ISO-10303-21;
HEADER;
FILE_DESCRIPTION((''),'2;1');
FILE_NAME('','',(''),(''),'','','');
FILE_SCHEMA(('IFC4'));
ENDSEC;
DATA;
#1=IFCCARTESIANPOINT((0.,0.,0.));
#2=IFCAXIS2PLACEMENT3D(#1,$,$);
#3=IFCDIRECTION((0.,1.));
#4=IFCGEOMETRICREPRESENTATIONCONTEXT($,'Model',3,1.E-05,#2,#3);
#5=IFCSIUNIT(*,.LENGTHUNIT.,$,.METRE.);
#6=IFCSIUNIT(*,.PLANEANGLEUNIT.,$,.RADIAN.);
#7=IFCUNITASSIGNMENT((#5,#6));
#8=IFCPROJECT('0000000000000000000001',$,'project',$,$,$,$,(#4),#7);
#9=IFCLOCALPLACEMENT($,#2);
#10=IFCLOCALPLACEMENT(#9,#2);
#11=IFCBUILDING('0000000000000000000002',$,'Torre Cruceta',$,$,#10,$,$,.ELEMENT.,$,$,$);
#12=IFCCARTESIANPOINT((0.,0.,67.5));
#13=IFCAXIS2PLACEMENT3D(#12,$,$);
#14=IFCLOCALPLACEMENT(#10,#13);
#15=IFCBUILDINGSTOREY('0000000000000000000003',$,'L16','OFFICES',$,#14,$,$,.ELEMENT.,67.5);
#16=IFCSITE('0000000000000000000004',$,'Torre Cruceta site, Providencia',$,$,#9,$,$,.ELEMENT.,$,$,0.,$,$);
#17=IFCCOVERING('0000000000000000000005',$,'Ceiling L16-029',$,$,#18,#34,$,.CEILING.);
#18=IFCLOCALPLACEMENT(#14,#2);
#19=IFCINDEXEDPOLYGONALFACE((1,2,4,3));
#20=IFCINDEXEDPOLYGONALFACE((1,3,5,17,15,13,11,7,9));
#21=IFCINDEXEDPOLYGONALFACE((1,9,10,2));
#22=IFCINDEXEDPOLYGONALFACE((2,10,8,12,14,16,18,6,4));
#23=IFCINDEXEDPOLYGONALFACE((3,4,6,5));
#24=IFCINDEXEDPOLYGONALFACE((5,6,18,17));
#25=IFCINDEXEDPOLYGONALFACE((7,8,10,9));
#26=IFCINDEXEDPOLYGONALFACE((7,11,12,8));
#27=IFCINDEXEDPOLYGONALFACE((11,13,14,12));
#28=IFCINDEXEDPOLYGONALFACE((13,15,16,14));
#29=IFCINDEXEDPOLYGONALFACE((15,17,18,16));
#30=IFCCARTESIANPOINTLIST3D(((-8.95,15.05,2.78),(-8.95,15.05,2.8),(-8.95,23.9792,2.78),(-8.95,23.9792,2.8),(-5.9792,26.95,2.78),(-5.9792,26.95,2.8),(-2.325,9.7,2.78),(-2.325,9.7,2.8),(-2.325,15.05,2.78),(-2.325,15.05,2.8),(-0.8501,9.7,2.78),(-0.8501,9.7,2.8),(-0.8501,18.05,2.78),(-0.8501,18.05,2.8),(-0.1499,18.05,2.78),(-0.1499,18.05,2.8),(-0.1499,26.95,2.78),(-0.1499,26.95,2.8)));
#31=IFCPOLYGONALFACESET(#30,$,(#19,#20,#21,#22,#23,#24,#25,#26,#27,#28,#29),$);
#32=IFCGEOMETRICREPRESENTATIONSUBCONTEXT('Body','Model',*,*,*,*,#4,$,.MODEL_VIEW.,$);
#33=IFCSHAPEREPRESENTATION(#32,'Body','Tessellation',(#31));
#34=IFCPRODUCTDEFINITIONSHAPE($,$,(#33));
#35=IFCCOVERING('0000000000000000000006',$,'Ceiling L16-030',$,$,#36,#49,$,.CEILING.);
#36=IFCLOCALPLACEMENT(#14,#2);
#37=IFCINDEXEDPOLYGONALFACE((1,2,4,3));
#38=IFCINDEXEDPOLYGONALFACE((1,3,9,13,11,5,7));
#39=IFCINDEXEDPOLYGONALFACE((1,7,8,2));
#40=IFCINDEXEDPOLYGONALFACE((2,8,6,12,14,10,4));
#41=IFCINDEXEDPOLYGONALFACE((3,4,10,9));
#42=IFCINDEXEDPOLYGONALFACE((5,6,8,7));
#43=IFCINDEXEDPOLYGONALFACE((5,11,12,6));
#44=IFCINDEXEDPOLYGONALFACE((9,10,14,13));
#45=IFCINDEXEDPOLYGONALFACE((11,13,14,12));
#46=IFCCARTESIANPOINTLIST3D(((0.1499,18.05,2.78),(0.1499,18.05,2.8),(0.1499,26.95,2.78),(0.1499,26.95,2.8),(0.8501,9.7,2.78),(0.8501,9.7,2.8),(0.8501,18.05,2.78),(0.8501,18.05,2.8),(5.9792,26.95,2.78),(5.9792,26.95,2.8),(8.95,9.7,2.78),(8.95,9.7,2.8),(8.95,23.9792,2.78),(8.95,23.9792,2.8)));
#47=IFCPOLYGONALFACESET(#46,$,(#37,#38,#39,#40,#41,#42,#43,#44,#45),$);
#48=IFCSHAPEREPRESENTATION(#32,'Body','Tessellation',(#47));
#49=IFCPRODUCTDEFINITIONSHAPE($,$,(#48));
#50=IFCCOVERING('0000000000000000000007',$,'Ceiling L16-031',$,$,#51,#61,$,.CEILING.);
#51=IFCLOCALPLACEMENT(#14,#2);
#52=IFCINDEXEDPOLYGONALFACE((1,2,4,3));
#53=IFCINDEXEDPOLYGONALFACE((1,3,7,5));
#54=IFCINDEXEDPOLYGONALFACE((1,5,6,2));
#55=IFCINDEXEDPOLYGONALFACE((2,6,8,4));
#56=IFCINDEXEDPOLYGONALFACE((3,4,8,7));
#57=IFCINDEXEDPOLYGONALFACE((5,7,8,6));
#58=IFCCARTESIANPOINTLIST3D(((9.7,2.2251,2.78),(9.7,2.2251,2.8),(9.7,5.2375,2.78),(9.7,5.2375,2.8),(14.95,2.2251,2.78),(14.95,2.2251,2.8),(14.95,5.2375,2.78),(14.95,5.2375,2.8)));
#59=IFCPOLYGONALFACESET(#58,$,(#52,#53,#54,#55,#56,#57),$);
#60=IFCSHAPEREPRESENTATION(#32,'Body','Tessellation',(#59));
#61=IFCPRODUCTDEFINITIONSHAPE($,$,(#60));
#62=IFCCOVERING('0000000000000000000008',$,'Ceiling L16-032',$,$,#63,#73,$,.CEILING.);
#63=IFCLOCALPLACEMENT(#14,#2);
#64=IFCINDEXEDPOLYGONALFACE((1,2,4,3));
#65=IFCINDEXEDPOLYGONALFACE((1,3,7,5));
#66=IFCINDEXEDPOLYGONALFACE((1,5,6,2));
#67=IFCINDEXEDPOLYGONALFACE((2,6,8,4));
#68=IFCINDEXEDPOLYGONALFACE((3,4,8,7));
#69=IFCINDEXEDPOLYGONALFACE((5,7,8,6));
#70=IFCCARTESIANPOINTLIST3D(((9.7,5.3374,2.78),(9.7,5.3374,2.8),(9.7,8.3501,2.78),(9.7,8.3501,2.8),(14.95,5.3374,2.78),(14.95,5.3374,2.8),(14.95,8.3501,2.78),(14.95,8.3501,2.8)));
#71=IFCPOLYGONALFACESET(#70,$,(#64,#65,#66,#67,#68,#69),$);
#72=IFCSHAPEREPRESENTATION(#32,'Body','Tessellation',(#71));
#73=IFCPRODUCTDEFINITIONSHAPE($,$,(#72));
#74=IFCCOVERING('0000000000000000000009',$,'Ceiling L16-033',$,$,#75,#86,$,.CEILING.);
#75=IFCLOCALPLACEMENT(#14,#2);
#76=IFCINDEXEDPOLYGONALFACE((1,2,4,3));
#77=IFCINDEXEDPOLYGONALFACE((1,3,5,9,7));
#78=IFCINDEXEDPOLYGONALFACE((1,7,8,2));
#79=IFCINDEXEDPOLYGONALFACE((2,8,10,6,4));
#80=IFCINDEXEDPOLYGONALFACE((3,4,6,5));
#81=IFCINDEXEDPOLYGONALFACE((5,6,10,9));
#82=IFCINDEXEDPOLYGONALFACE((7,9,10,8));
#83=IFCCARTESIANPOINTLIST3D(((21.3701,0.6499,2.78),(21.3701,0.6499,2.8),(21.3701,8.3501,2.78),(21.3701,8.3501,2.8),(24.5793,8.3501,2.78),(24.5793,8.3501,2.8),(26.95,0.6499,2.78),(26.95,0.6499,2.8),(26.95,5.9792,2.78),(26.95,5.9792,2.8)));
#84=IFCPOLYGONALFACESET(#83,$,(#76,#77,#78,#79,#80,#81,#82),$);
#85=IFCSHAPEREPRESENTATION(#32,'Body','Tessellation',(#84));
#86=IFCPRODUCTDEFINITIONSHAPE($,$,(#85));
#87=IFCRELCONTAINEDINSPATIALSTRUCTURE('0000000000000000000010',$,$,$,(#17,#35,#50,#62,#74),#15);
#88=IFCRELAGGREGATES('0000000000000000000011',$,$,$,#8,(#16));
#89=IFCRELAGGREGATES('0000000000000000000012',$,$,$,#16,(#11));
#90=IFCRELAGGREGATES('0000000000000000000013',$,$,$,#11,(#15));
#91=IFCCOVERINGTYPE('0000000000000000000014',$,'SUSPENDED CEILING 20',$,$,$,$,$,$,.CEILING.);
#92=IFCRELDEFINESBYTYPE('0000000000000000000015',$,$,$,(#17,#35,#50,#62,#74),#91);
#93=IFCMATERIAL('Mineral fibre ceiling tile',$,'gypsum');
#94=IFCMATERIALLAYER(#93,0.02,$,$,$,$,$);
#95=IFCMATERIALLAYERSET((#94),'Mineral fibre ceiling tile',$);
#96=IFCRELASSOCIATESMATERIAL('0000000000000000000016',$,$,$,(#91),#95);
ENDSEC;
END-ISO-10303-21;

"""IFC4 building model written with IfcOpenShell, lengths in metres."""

from ifc_helpers import new_model, si_unit, direction, frame, origin, place, context, subcontext, project, spatial, polyline, outline, extrude, material, layer, layer_set, type_object, element, save


model = new_model("IFC4")

# Units and contexts
model_context = context("Model", 3, precision=1e-05, world=origin(), true_north=direction((0.0, 1.0)))
body_context = subcontext(model_context, "Body", "Model", "MODEL_VIEW")
ifc_project = project(units=[si_unit("LENGTHUNIT", "METRE"), si_unit("PLANEANGLEUNIT", "RADIAN")], contexts=[model_context])

# Site, building, storey
site_placement = place(None, origin())
site = spatial("IfcSite", under=ifc_project, at=site_placement, Name="Torre Cruceta site, Providencia", CompositionType="ELEMENT", RefElevation=0.0)
building_placement = place(site_placement, origin())
building = spatial("IfcBuilding", under=site, at=building_placement, Name="Torre Cruceta", CompositionType="ELEMENT")
storey_placement = place(building_placement, frame((0.0, 0.0, 67.5)))
storey = spatial("IfcBuildingStorey", under=building, at=storey_placement, Name="L16", Description="OFFICES", CompositionType="ELEMENT", Elevation=67.5)

# Coverings
ifc_material_1 = material(Name="Mineral fibre ceiling tile", Category="gypsum")
ifc_layer_1 = layer(ifc_material_1, 0.02)
ifc_layer_set_1 = layer_set([ifc_layer_1], Name="Mineral fibre ceiling tile")
covering_type_1 = type_object("IfcCoveringType", Name="SUSPENDED CEILING 20", PredefinedType="CEILING", material=ifc_layer_set_1)
covering_1_placement = place(storey_placement, frame((0.0, 0.0, 2.78)))
element("IfcCovering", 1, at=covering_1_placement, inside=storey, type_object=covering_type_1, Name="Ceiling L16-029", PredefinedType="CEILING", context=body_context, shape_type="SweptSolid", body=[
    extrude(outline(polyline([(-5.9792, 26.95), (-0.1499, 26.95), (-0.1499, 18.05), (-0.8501, 18.05), (-0.8501, 9.7), (-2.325, 9.7), (-2.325, 15.05), (-8.95, 15.05), (-8.95, 23.9792), (-5.9792, 26.95)])), origin(), (0.0, 0.0, 1.0), 0.02),
])
covering_2_placement = place(storey_placement, frame((0.0, 0.0, 2.78)))
element("IfcCovering", 2, at=covering_2_placement, inside=storey, type_object=covering_type_1, Name="Ceiling L16-030", PredefinedType="CEILING", context=body_context, shape_type="SweptSolid", body=[
    extrude(outline(polyline([(5.9792, 26.95), (8.95, 23.9792), (8.95, 9.7), (0.8501, 9.7), (0.8501, 18.05), (0.1499, 18.05), (0.1499, 26.95), (5.9792, 26.95)])), origin(), (0.0, 0.0, 1.0), 0.02),
])
covering_3_placement = place(storey_placement, frame((0.0, 0.0, 2.78)))
element("IfcCovering", 3, at=covering_3_placement, inside=storey, type_object=covering_type_1, Name="Ceiling L16-031", PredefinedType="CEILING", context=body_context, shape_type="SweptSolid", body=[
    extrude(outline(polyline([(9.7, 2.2251), (9.7, 5.2375), (14.95, 5.2375), (14.95, 2.2251), (9.7, 2.2251)])), origin(), (0.0, 0.0, 1.0), 0.02),
])
covering_4_placement = place(storey_placement, frame((0.0, 0.0, 2.78)))
element("IfcCovering", 4, at=covering_4_placement, inside=storey, type_object=covering_type_1, Name="Ceiling L16-032", PredefinedType="CEILING", context=body_context, shape_type="SweptSolid", body=[
    extrude(outline(polyline([(9.7, 5.3374), (9.7, 8.3501), (14.95, 8.3501), (14.95, 5.3374), (9.7, 5.3374)])), origin(), (0.0, 0.0, 1.0), 0.02),
])
covering_5_placement = place(storey_placement, frame((0.0, 0.0, 2.78)))
element("IfcCovering", 5, at=covering_5_placement, inside=storey, type_object=covering_type_1, Name="Ceiling L16-033", PredefinedType="CEILING", context=body_context, shape_type="SweptSolid", body=[
    extrude(outline(polyline([(26.95, 0.6499), (21.3701, 0.6499), (21.3701, 8.3501), (24.5793, 8.3501), (26.95, 5.9792), (26.95, 0.6499)])), origin(), (0.0, 0.0, 1.0), 0.02),
])

save(model, "model.ifc")
